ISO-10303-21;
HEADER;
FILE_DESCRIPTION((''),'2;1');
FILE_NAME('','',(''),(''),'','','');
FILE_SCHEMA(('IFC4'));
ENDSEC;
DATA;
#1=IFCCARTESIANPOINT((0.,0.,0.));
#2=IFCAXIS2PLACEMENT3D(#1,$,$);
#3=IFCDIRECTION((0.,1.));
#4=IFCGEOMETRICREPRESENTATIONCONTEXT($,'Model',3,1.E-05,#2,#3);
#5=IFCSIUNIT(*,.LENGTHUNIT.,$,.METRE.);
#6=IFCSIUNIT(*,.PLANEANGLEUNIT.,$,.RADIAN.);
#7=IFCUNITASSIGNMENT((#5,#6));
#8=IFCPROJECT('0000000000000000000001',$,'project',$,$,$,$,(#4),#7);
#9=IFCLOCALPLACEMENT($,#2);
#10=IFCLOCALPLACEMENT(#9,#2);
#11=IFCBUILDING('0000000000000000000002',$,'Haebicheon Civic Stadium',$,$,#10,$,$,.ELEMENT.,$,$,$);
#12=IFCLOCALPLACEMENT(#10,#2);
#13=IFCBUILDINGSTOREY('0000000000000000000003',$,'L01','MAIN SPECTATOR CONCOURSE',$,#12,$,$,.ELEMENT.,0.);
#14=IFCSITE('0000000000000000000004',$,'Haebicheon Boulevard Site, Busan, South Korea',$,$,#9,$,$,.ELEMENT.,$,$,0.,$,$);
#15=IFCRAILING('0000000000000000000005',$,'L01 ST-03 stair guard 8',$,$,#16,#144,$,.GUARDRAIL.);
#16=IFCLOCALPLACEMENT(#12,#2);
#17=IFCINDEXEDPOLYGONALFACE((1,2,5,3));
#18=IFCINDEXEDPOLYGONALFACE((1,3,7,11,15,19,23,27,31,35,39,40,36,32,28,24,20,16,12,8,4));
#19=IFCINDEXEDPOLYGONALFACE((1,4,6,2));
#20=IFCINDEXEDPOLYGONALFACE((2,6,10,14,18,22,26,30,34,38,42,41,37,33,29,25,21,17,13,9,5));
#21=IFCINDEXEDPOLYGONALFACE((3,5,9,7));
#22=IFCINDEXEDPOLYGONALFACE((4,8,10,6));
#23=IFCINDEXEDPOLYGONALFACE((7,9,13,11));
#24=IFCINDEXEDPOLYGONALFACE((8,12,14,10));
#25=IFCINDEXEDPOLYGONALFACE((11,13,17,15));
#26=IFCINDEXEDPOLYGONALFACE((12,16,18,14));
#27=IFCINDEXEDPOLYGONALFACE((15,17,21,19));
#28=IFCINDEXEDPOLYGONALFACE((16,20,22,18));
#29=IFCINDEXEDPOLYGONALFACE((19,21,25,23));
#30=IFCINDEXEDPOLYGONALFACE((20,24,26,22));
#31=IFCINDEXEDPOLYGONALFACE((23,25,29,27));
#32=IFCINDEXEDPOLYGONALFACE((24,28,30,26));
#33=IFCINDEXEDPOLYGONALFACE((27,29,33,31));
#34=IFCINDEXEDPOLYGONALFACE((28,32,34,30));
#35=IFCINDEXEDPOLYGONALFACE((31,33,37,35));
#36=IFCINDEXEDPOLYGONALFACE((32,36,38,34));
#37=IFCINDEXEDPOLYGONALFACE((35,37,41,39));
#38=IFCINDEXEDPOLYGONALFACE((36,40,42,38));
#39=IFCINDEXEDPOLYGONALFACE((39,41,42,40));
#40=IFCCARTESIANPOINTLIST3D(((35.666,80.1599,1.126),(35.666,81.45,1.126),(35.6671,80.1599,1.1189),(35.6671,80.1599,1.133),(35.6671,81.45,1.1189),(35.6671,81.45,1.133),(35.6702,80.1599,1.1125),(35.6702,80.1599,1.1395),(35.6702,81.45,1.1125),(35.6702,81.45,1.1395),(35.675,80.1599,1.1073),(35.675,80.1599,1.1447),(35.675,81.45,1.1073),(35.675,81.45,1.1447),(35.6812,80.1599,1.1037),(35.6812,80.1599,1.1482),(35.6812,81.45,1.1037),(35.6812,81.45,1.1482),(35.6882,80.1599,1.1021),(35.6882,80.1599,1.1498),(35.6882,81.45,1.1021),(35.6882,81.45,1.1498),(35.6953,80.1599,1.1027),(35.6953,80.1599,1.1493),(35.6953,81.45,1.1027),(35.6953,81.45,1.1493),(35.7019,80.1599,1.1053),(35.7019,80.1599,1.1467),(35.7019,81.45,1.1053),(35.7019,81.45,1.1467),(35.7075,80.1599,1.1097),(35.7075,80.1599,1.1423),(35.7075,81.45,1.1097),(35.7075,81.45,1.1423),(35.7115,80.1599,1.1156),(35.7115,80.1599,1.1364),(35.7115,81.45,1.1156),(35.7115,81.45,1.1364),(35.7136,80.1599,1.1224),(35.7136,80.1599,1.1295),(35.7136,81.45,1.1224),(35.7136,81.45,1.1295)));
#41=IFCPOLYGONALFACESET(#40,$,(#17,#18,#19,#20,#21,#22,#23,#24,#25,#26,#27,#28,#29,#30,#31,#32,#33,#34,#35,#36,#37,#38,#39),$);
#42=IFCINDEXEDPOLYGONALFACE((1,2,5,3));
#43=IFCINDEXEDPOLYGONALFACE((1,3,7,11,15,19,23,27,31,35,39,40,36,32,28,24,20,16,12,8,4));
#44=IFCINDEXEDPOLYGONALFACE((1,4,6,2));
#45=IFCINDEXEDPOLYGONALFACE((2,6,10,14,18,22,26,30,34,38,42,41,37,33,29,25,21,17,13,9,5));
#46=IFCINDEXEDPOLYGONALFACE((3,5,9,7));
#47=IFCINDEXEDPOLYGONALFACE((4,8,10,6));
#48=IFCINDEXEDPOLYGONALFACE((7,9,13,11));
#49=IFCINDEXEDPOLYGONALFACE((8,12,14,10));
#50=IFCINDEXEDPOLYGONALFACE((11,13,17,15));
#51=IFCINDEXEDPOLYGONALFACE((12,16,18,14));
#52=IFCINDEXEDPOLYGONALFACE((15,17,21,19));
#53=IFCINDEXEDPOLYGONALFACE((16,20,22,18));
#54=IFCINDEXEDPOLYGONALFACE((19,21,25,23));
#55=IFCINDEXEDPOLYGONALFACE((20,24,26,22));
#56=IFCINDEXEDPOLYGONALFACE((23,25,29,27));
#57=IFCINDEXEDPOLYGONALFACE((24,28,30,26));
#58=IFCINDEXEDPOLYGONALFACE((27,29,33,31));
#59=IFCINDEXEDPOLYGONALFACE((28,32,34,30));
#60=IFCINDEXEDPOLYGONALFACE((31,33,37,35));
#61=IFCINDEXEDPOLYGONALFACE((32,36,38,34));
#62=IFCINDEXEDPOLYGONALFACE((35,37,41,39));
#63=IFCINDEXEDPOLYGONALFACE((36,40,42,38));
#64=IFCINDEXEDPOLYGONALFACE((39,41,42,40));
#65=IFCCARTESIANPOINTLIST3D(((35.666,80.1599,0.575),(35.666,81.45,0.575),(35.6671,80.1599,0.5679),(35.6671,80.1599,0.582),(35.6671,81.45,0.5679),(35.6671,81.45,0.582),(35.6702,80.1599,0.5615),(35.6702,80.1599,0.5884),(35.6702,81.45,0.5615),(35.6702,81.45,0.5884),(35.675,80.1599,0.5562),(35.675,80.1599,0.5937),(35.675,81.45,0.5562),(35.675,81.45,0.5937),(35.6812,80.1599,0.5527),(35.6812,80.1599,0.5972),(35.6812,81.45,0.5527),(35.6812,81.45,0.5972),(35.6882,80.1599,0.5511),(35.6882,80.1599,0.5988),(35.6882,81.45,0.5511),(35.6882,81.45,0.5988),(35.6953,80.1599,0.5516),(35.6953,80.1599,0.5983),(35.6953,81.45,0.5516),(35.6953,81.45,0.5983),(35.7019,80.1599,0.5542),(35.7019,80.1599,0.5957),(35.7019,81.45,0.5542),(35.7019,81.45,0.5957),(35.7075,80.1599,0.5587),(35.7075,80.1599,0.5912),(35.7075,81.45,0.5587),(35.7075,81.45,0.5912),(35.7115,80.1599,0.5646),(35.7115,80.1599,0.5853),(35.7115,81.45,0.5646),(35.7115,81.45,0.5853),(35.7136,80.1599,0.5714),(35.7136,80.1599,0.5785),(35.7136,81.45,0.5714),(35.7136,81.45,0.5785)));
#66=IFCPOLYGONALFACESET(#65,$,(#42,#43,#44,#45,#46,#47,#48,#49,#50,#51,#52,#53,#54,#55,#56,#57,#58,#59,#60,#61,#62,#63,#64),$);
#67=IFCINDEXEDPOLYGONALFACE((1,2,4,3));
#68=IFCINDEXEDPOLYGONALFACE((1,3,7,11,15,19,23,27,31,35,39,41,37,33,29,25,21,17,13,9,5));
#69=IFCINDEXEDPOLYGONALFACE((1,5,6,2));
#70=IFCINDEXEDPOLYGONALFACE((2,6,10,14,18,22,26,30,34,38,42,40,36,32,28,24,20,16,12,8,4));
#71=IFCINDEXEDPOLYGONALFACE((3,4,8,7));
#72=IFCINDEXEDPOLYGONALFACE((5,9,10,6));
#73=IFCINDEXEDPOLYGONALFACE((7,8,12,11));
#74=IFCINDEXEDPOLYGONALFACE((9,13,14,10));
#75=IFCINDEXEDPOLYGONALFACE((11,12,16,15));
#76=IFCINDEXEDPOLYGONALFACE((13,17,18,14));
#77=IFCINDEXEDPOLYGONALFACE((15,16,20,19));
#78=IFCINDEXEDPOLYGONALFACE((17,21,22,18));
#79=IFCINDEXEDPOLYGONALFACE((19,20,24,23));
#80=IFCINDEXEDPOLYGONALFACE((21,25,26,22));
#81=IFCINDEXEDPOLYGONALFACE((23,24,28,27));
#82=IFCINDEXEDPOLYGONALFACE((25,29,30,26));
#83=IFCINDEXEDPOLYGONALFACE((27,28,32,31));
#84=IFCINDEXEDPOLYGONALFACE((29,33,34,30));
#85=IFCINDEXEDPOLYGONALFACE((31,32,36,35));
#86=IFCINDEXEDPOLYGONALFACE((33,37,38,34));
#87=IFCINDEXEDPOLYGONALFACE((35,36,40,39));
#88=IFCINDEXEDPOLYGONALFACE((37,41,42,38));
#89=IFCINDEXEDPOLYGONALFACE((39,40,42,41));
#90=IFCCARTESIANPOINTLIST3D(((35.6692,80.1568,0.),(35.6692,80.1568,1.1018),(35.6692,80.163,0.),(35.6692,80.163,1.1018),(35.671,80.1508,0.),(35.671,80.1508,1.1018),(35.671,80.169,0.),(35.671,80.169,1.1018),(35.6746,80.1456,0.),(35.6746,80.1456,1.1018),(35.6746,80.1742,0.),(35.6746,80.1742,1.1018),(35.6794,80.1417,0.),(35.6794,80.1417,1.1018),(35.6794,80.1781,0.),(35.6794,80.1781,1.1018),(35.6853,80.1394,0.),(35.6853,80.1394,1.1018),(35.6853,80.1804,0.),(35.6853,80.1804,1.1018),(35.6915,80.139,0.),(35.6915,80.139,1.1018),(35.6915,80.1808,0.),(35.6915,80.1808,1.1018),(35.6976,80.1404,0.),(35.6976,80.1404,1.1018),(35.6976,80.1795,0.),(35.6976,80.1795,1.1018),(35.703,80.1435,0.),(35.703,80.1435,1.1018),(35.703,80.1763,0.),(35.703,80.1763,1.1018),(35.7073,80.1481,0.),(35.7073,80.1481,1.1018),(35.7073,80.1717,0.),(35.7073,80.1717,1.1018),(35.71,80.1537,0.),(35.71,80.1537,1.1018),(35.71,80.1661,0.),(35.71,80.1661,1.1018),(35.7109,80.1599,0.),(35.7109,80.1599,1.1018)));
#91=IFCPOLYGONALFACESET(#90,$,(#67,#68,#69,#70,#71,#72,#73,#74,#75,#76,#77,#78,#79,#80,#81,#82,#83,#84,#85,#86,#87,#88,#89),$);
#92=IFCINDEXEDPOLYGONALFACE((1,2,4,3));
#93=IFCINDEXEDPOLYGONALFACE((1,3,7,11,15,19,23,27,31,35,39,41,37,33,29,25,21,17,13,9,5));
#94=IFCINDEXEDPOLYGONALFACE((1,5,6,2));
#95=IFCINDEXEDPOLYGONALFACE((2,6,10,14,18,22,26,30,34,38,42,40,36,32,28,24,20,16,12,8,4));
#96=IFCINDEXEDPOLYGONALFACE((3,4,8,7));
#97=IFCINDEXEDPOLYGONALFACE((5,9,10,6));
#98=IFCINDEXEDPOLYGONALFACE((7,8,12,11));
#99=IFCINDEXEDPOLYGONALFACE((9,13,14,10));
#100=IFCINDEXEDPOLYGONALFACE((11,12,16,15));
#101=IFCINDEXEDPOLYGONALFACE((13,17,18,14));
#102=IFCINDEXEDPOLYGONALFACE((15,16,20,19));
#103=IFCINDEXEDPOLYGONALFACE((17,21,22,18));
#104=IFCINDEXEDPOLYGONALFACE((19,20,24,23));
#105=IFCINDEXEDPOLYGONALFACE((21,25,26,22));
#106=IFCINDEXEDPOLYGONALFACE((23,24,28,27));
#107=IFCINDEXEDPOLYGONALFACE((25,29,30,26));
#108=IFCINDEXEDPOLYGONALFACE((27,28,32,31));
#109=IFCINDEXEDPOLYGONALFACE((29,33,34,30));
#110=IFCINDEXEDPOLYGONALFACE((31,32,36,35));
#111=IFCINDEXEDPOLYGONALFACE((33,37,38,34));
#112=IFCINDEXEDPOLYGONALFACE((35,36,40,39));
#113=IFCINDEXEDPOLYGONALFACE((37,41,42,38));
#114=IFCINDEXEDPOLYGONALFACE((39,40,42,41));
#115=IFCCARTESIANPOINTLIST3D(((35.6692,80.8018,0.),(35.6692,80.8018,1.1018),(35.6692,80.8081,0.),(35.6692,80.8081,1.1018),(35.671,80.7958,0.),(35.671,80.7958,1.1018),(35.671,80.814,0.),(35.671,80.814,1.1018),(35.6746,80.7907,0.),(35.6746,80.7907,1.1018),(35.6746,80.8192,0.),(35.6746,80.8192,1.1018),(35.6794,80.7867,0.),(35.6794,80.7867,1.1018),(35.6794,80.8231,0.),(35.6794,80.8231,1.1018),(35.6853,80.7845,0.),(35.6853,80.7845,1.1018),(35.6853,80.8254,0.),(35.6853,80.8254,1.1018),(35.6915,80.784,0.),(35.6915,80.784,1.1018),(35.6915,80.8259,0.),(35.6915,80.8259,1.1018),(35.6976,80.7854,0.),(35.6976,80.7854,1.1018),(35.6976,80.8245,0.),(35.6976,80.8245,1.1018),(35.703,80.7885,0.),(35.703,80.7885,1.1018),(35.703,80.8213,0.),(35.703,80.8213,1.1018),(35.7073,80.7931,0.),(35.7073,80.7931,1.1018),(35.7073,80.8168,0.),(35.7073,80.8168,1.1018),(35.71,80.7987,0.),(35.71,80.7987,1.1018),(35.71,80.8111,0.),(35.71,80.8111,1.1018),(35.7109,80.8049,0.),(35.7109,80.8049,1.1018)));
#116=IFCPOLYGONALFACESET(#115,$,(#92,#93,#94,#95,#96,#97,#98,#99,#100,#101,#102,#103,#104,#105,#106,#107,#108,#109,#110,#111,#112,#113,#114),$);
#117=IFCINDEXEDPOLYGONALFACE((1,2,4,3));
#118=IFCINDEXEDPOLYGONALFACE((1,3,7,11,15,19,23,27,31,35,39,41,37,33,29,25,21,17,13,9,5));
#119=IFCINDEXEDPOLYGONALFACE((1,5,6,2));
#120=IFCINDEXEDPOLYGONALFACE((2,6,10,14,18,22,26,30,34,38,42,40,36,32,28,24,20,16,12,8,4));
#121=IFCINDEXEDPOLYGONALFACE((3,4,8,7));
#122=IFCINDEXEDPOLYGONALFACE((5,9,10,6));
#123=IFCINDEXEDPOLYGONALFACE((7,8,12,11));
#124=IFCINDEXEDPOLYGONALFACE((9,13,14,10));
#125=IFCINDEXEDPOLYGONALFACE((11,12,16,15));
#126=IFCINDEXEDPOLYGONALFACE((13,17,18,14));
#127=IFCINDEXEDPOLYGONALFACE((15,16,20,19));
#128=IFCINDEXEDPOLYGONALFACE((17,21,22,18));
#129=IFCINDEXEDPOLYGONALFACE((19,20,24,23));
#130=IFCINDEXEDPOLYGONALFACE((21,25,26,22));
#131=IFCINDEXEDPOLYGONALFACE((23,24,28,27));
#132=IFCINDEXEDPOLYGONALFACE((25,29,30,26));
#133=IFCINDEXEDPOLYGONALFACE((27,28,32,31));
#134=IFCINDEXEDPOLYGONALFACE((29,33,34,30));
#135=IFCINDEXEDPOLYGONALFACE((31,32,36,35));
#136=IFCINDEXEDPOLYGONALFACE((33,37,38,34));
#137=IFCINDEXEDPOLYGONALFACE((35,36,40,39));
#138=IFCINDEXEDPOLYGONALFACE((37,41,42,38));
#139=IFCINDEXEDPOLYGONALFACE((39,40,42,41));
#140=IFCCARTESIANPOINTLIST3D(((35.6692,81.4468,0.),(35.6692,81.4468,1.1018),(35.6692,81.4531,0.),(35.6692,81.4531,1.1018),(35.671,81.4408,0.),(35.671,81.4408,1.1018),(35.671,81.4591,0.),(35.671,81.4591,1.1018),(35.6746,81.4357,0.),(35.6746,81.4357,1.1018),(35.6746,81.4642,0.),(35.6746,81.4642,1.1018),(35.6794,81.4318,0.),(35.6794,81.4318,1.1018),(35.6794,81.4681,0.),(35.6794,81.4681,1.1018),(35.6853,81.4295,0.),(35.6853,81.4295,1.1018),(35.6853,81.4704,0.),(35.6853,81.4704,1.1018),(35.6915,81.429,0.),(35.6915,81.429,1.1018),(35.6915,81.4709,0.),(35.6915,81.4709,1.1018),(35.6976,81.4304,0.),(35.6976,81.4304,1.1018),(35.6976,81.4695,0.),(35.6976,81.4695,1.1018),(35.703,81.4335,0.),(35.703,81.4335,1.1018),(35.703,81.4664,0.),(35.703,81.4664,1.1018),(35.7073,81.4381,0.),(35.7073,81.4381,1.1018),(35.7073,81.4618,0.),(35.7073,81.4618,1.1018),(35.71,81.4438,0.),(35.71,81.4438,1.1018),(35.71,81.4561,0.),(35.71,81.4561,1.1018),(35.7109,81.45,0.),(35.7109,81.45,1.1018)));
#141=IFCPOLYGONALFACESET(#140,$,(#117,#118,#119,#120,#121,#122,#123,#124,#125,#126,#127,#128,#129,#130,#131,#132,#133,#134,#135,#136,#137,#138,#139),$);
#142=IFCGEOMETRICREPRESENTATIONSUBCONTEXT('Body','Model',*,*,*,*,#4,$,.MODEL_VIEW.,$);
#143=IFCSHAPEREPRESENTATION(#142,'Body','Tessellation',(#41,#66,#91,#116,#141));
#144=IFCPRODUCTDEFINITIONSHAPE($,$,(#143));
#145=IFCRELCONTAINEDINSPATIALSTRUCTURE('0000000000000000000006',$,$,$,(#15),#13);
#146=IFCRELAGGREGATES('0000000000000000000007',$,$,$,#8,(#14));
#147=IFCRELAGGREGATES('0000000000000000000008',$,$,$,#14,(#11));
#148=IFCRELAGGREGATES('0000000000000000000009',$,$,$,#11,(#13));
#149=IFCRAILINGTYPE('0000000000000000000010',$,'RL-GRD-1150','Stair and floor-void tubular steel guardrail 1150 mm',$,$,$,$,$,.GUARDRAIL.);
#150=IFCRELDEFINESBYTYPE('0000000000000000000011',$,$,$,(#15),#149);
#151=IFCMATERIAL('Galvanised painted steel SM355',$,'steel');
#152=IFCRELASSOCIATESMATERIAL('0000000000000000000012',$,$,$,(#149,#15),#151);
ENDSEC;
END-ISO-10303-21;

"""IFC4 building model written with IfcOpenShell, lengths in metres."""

from ifc_helpers import new_model, si_unit, direction, frame, origin, origin_2d, place, context, subcontext, project, spatial, circle, extrude, material, type_object, element, save


model = new_model("IFC4")

# Units and contexts
model_context = context("Model", 3, precision=1e-05, world=origin(), true_north=direction((0.0, 1.0)))
body_context = subcontext(model_context, "Body", "Model", "MODEL_VIEW")
ifc_project = project(units=[si_unit("LENGTHUNIT", "METRE"), si_unit("PLANEANGLEUNIT", "RADIAN")], contexts=[model_context])

# Site, building, storey
site_placement = place(None, origin())
site = spatial("IfcSite", under=ifc_project, at=site_placement, Name="Haebicheon Boulevard Site, Busan, South Korea", CompositionType="ELEMENT", RefElevation=0.0)
building_placement = place(site_placement, origin())
building = spatial("IfcBuilding", under=site, at=building_placement, Name="Haebicheon Civic Stadium", CompositionType="ELEMENT")
storey_placement = place(building_placement, origin())
storey = spatial("IfcBuildingStorey", under=building, at=storey_placement, Name="L01", Description="MAIN SPECTATOR CONCOURSE", CompositionType="ELEMENT", Elevation=0.0)

# Railing
ifc_material_1 = material(Name="Galvanised painted steel SM355", Category="steel")
railing_type = type_object("IfcRailingType", Name="RL-GRD-1150", Description="Stair and floor-void tubular steel guardrail 1150 mm", PredefinedType="GUARDRAIL", material=ifc_material_1)
for number, where, name in (
    (1, (35.6899, 80.1599, 0.0), "L01 ST-03 stair guard 8"),
):
    element("IfcRailing", number, at=place(storey_placement, frame(where)), inside=storey, type_object=railing_type, material=ifc_material_1, Name=name, PredefinedType="GUARDRAIL", context=body_context, shape_type="SweptSolid", body=[
        extrude(circle(Radius=0.0239, at=origin_2d()), frame((0.0, 0.0, 1.126), z_axis=(0.0, 1.0, 0.0), x_axis=(-1.0, 0.0, 0.0)), (0.0, 0.0, 1.0), 1.29),
        extrude(circle(Radius=0.0239, at=origin_2d()), frame((0.0, 0.0, 0.575), z_axis=(0.0, 1.0, 0.0), x_axis=(-1.0, 0.0, 0.0)), (0.0, 0.0, 1.0), 1.29),
        extrude(circle(Radius=0.021, at=origin_2d()), origin(), (0.0, 0.0, 1.0), 1.1018),
        extrude(circle(Radius=0.021, at=origin_2d()), frame((0.0, 0.645, 0.0)), (0.0, 0.0, 1.0), 1.1018),
        extrude(circle(Radius=0.021, at=origin_2d()), frame((0.0, 1.29, 0.0)), (0.0, 0.0, 1.0), 1.1018),
    ])

save(model, "model.ifc")
